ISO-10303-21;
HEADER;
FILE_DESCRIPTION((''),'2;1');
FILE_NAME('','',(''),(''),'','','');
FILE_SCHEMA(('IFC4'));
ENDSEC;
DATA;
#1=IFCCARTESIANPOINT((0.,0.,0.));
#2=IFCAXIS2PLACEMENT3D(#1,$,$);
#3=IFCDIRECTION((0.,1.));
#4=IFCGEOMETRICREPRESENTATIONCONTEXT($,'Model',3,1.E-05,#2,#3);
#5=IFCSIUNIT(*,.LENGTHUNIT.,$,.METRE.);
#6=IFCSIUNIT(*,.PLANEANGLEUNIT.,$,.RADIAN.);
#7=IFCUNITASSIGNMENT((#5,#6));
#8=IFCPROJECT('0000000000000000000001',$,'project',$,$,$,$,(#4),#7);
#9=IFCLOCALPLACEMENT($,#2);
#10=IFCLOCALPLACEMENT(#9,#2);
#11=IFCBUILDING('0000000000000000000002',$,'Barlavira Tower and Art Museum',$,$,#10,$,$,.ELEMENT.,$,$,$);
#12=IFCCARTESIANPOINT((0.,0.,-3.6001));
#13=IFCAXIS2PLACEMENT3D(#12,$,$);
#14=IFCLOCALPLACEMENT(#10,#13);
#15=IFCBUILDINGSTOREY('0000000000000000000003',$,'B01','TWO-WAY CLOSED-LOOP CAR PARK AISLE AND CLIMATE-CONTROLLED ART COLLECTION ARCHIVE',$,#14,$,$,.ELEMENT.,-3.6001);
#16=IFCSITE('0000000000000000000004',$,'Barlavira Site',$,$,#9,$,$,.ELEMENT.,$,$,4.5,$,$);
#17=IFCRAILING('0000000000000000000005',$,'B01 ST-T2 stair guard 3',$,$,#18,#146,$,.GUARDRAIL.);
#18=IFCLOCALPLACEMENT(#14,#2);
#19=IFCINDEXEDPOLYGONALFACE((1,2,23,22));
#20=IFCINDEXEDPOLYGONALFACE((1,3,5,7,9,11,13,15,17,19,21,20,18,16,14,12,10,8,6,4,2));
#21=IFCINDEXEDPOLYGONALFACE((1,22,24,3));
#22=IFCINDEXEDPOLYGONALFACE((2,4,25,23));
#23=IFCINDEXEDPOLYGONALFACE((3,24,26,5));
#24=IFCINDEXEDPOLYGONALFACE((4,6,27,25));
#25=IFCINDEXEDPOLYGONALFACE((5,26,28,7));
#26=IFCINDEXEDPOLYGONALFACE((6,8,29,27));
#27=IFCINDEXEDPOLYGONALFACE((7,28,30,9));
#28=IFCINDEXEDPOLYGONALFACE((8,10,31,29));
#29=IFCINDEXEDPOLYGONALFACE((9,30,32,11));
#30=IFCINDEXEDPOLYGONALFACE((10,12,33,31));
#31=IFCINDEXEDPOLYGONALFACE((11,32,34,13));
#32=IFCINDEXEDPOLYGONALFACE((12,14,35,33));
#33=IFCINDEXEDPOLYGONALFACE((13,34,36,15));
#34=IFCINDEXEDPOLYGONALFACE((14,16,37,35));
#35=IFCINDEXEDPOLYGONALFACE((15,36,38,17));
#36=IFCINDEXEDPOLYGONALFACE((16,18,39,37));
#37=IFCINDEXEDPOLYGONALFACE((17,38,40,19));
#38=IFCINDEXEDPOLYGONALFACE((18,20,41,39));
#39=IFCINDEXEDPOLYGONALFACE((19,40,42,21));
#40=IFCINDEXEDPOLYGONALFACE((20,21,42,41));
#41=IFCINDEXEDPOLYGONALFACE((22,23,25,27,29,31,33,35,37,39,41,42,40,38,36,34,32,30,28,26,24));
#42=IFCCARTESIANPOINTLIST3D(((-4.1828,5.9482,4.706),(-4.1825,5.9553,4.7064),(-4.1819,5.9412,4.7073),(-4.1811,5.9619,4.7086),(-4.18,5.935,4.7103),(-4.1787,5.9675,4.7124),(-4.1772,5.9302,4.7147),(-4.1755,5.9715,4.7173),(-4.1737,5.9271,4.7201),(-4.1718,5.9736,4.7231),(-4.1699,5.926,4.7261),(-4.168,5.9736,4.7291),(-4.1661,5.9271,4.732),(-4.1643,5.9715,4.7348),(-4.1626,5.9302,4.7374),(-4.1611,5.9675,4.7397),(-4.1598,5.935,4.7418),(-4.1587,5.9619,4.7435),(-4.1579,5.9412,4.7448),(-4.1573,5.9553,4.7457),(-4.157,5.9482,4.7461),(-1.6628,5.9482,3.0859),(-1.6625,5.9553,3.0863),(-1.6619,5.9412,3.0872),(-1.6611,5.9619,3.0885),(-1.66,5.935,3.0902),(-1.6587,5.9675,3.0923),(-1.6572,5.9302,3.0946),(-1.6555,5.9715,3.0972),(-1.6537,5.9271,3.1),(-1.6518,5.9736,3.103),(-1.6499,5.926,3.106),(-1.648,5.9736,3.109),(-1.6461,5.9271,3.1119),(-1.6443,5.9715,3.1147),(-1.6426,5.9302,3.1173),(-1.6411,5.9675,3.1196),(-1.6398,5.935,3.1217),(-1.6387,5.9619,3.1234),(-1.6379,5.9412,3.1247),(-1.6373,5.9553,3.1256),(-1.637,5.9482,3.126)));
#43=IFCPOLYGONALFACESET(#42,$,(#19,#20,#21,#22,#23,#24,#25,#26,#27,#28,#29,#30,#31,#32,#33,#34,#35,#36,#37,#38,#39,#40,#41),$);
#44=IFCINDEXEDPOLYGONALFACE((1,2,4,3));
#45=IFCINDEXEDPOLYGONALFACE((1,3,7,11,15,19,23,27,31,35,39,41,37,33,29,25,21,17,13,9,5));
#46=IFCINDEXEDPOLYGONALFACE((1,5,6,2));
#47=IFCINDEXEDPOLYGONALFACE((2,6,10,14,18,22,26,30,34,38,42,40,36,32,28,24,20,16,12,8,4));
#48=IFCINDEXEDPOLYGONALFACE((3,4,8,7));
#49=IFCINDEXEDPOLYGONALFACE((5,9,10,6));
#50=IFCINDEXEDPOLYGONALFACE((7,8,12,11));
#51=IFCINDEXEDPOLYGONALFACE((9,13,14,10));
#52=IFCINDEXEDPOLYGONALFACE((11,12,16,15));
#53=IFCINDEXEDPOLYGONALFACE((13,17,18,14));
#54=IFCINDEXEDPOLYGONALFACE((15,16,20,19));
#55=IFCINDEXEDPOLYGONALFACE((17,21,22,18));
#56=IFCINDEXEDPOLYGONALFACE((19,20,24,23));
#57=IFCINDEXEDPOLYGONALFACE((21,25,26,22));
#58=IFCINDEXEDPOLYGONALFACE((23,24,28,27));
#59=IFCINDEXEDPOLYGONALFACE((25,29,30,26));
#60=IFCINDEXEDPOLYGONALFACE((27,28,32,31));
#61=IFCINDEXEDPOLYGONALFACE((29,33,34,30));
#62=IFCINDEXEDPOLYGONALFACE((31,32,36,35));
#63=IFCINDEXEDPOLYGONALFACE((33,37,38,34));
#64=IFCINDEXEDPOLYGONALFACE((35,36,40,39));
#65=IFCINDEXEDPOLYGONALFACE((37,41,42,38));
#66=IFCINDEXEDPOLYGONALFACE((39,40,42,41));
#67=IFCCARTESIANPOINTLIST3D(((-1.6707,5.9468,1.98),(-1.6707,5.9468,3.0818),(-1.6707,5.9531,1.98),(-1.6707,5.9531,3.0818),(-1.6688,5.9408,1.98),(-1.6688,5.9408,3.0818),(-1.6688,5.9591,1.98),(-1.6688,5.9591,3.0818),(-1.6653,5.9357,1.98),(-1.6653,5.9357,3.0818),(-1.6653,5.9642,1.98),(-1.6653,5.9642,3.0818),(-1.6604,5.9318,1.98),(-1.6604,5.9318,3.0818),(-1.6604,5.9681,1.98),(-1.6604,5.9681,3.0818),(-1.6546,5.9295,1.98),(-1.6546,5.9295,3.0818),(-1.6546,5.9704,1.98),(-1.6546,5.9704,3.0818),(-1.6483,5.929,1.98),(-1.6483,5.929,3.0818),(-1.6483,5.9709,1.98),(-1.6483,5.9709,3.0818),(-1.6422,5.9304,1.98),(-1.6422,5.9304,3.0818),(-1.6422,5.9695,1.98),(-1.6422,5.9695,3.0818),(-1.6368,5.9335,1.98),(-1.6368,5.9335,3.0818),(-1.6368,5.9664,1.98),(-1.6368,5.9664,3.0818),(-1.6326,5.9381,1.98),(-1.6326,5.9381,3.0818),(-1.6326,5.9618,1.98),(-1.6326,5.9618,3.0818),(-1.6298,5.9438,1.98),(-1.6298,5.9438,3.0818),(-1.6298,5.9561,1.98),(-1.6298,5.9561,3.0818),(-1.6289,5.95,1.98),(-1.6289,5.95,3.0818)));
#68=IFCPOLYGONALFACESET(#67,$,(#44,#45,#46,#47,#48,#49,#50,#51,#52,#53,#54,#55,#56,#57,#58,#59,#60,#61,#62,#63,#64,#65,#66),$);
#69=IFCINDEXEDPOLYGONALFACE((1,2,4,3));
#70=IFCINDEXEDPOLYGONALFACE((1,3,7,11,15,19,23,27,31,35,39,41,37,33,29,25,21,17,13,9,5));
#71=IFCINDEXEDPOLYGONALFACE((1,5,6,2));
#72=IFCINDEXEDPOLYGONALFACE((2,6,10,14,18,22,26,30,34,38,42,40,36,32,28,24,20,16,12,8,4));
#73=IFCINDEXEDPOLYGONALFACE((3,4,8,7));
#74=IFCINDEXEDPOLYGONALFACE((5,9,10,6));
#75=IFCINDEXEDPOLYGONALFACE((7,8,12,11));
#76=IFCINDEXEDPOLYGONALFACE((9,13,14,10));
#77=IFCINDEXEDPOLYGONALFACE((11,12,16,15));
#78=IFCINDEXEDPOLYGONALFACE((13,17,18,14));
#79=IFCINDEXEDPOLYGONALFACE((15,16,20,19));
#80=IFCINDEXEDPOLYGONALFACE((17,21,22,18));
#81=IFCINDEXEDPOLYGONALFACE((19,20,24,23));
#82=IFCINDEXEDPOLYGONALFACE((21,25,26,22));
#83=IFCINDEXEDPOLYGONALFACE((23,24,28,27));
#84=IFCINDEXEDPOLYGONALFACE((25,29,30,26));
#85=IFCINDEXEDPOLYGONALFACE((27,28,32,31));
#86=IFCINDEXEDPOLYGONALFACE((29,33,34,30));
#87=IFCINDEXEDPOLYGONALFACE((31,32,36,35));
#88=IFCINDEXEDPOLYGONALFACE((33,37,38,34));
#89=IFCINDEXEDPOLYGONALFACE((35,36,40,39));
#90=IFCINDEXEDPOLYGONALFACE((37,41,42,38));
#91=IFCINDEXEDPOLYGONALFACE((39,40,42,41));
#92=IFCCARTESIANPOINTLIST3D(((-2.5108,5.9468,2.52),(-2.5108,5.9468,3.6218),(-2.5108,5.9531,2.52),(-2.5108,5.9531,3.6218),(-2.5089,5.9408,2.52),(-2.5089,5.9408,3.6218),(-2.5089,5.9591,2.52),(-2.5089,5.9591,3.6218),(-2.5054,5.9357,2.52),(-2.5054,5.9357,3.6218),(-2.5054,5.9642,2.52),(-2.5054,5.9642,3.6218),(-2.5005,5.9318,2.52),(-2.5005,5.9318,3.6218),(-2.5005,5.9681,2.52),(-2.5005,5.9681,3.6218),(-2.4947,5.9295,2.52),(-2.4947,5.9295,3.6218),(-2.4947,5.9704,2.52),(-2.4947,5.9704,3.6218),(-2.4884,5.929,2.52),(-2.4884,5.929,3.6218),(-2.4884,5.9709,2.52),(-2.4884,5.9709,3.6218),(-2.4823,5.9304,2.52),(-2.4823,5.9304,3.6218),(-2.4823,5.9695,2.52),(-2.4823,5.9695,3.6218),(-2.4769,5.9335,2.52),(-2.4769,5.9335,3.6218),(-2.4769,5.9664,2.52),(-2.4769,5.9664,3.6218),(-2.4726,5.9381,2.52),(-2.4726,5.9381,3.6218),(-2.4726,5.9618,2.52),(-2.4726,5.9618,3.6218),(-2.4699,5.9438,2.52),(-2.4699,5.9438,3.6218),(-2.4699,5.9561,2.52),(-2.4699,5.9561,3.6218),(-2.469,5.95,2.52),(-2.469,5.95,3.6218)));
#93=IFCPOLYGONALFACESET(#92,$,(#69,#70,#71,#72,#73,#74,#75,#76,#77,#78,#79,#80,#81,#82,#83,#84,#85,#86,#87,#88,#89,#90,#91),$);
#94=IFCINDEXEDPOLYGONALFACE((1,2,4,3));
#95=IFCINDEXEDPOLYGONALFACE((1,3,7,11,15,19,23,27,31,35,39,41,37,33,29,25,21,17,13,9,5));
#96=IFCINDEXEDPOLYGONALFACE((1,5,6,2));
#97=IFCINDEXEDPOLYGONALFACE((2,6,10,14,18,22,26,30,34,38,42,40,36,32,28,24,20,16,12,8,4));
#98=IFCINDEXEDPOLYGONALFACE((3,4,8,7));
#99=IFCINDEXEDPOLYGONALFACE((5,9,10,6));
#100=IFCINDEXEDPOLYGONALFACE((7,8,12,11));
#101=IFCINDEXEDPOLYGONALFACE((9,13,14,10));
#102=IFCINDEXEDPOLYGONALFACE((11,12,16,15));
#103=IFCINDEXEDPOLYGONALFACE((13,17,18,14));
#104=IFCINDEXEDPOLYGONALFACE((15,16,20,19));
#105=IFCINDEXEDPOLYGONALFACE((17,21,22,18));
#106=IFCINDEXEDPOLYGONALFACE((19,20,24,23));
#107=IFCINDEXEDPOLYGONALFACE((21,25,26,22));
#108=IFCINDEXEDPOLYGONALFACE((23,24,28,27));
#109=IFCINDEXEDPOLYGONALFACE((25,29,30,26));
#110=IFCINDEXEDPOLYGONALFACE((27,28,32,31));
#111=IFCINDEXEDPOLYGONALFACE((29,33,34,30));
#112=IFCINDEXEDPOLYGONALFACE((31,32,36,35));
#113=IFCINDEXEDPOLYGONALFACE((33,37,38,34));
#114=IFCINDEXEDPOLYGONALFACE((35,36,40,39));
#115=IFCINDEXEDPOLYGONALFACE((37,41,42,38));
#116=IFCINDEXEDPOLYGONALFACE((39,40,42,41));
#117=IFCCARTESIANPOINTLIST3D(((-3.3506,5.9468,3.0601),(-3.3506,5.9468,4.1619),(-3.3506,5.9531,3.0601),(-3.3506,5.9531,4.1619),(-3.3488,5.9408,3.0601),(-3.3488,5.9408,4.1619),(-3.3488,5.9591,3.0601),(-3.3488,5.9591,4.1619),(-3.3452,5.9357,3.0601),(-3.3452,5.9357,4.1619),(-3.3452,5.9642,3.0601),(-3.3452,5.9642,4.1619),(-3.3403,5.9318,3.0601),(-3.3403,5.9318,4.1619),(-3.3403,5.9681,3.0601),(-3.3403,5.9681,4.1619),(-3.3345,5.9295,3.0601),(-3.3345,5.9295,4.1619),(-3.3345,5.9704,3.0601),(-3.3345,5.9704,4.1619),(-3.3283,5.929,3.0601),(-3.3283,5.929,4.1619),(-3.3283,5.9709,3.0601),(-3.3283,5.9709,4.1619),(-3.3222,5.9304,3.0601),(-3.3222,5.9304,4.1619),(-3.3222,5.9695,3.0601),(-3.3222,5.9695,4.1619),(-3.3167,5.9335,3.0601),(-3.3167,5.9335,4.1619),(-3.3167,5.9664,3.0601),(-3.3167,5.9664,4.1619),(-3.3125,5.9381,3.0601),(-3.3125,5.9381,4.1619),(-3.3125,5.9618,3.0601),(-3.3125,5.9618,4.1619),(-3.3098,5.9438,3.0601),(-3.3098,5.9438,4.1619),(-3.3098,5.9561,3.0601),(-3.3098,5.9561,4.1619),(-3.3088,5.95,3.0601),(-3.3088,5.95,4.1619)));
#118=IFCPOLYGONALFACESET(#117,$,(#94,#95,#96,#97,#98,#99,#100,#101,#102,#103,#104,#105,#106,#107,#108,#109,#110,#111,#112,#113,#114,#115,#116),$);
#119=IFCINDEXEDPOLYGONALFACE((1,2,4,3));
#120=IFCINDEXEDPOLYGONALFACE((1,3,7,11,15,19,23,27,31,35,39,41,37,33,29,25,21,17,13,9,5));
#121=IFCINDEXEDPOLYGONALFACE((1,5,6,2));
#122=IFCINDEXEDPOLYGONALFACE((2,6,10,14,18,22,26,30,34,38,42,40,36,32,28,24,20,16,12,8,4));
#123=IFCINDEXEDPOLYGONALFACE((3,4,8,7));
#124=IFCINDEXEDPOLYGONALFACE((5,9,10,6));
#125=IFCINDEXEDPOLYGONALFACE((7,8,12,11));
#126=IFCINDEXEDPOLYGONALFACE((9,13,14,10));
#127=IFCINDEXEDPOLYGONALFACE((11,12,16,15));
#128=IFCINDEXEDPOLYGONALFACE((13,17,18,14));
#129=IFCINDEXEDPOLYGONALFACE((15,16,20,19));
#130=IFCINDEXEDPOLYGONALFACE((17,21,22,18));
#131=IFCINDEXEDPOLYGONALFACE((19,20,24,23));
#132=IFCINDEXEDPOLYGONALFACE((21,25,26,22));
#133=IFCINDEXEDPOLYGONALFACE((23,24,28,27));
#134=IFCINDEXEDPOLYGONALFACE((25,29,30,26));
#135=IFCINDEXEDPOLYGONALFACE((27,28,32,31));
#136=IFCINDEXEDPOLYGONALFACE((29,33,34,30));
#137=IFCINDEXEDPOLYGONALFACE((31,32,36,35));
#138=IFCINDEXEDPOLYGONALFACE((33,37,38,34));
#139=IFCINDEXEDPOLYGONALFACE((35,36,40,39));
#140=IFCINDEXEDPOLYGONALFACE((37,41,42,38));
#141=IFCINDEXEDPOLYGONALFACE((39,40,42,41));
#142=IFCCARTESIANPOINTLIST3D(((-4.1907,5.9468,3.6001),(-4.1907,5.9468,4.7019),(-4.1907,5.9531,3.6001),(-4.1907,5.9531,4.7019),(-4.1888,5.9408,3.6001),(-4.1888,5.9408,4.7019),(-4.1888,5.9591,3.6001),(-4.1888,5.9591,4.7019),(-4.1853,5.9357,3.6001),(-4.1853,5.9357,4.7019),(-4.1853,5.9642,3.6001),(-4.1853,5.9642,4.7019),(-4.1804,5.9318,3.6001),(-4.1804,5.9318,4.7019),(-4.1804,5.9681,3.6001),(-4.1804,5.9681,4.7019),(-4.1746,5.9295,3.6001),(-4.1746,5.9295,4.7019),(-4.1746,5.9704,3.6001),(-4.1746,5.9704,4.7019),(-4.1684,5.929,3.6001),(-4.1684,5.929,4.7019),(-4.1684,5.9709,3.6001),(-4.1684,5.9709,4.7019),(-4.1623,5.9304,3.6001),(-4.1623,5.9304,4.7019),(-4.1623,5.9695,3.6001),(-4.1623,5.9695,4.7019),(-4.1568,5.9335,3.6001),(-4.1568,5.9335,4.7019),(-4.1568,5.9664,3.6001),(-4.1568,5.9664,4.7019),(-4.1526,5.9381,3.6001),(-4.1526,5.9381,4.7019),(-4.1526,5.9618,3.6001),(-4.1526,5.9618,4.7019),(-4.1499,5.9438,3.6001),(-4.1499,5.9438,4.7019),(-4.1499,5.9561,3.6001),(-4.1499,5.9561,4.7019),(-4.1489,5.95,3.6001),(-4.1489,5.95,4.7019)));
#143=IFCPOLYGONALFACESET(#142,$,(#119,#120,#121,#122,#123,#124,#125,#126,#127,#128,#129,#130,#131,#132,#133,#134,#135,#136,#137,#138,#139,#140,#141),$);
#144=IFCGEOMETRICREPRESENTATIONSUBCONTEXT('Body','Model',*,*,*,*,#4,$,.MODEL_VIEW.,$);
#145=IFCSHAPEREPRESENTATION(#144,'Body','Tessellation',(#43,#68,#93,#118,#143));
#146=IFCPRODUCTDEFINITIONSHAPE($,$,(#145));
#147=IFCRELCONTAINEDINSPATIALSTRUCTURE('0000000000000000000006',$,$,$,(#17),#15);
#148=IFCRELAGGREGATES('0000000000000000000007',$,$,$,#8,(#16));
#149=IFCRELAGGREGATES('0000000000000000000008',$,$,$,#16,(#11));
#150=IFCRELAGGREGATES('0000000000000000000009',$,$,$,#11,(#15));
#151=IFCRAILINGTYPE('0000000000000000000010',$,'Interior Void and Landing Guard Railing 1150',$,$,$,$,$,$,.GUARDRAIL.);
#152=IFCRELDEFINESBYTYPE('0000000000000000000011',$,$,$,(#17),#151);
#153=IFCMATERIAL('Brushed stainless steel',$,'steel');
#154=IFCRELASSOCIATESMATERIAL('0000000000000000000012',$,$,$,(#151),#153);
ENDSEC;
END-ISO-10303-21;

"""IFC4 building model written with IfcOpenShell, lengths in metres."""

from ifc_helpers import new_model, si_unit, direction, frame, origin, origin_2d, place, context, subcontext, project, spatial, circle, extrude, material, type_object, element, save


model = new_model("IFC4")

# Units and contexts
model_context = context("Model", 3, precision=1e-05, world=origin(), true_north=direction((0.0, 1.0)))
body_context = subcontext(model_context, "Body", "Model", "MODEL_VIEW")
ifc_project = project(units=[si_unit("LENGTHUNIT", "METRE"), si_unit("PLANEANGLEUNIT", "RADIAN")], contexts=[model_context])

# Site, building, storey
site_placement = place(None, origin())
site = spatial("IfcSite", under=ifc_project, at=site_placement, Name="Barlavira Site", CompositionType="ELEMENT", RefElevation=4.5)
building_placement = place(site_placement, origin())
building = spatial("IfcBuilding", under=site, at=building_placement, Name="Barlavira Tower and Art Museum", CompositionType="ELEMENT")
storey_placement = place(building_placement, frame((0.0, 0.0, -3.6001)))
storey = spatial("IfcBuildingStorey", under=building, at=storey_placement, Name="B01", Description="TWO-WAY CLOSED-LOOP CAR PARK AISLE AND CLIMATE-CONTROLLED ART COLLECTION ARCHIVE", CompositionType="ELEMENT", Elevation=-3.6001)

# Railing
ifc_material_1 = material(Name="Brushed stainless steel", Category="steel")
railing_type_1 = type_object("IfcRailingType", Name="Interior Void and Landing Guard Railing 1150", PredefinedType="GUARDRAIL", material=ifc_material_1)
railing_1_placement = place(storey_placement, frame((-1.6499, 5.95, 1.98)))
element("IfcRailing", 1, at=railing_1_placement, inside=storey, type_object=railing_type_1, Name="B01 ST-T2 stair guard 3", PredefinedType="GUARDRAIL", context=body_context, shape_type="SweptSolid", body=[
    extrude(circle(Radius=0.0239, at=origin_2d()), frame((0.0, 0.0, 1.126), z_axis=(-0.841163, 0.0, 0.540782), x_axis=(0.0, -1.0, 0.0)), (0.0, 0.0, 1.0), 2.9958),
    extrude(circle(Radius=0.021, at=origin_2d()), origin(), (0.0, 0.0, 1.0), 1.1018),
    extrude(circle(Radius=0.021, at=origin_2d()), frame((-0.8401, 0.0, 0.54)), (0.0, 0.0, 1.0), 1.1018),
    extrude(circle(Radius=0.021, at=origin_2d()), frame((-1.6799, 0.0, 1.0801)), (0.0, 0.0, 1.0), 1.1018),
    extrude(circle(Radius=0.021, at=origin_2d()), frame((-2.52, 0.0, 1.6201)), (0.0, 0.0, 1.0), 1.1018),
])

save(model, "model.ifc")
